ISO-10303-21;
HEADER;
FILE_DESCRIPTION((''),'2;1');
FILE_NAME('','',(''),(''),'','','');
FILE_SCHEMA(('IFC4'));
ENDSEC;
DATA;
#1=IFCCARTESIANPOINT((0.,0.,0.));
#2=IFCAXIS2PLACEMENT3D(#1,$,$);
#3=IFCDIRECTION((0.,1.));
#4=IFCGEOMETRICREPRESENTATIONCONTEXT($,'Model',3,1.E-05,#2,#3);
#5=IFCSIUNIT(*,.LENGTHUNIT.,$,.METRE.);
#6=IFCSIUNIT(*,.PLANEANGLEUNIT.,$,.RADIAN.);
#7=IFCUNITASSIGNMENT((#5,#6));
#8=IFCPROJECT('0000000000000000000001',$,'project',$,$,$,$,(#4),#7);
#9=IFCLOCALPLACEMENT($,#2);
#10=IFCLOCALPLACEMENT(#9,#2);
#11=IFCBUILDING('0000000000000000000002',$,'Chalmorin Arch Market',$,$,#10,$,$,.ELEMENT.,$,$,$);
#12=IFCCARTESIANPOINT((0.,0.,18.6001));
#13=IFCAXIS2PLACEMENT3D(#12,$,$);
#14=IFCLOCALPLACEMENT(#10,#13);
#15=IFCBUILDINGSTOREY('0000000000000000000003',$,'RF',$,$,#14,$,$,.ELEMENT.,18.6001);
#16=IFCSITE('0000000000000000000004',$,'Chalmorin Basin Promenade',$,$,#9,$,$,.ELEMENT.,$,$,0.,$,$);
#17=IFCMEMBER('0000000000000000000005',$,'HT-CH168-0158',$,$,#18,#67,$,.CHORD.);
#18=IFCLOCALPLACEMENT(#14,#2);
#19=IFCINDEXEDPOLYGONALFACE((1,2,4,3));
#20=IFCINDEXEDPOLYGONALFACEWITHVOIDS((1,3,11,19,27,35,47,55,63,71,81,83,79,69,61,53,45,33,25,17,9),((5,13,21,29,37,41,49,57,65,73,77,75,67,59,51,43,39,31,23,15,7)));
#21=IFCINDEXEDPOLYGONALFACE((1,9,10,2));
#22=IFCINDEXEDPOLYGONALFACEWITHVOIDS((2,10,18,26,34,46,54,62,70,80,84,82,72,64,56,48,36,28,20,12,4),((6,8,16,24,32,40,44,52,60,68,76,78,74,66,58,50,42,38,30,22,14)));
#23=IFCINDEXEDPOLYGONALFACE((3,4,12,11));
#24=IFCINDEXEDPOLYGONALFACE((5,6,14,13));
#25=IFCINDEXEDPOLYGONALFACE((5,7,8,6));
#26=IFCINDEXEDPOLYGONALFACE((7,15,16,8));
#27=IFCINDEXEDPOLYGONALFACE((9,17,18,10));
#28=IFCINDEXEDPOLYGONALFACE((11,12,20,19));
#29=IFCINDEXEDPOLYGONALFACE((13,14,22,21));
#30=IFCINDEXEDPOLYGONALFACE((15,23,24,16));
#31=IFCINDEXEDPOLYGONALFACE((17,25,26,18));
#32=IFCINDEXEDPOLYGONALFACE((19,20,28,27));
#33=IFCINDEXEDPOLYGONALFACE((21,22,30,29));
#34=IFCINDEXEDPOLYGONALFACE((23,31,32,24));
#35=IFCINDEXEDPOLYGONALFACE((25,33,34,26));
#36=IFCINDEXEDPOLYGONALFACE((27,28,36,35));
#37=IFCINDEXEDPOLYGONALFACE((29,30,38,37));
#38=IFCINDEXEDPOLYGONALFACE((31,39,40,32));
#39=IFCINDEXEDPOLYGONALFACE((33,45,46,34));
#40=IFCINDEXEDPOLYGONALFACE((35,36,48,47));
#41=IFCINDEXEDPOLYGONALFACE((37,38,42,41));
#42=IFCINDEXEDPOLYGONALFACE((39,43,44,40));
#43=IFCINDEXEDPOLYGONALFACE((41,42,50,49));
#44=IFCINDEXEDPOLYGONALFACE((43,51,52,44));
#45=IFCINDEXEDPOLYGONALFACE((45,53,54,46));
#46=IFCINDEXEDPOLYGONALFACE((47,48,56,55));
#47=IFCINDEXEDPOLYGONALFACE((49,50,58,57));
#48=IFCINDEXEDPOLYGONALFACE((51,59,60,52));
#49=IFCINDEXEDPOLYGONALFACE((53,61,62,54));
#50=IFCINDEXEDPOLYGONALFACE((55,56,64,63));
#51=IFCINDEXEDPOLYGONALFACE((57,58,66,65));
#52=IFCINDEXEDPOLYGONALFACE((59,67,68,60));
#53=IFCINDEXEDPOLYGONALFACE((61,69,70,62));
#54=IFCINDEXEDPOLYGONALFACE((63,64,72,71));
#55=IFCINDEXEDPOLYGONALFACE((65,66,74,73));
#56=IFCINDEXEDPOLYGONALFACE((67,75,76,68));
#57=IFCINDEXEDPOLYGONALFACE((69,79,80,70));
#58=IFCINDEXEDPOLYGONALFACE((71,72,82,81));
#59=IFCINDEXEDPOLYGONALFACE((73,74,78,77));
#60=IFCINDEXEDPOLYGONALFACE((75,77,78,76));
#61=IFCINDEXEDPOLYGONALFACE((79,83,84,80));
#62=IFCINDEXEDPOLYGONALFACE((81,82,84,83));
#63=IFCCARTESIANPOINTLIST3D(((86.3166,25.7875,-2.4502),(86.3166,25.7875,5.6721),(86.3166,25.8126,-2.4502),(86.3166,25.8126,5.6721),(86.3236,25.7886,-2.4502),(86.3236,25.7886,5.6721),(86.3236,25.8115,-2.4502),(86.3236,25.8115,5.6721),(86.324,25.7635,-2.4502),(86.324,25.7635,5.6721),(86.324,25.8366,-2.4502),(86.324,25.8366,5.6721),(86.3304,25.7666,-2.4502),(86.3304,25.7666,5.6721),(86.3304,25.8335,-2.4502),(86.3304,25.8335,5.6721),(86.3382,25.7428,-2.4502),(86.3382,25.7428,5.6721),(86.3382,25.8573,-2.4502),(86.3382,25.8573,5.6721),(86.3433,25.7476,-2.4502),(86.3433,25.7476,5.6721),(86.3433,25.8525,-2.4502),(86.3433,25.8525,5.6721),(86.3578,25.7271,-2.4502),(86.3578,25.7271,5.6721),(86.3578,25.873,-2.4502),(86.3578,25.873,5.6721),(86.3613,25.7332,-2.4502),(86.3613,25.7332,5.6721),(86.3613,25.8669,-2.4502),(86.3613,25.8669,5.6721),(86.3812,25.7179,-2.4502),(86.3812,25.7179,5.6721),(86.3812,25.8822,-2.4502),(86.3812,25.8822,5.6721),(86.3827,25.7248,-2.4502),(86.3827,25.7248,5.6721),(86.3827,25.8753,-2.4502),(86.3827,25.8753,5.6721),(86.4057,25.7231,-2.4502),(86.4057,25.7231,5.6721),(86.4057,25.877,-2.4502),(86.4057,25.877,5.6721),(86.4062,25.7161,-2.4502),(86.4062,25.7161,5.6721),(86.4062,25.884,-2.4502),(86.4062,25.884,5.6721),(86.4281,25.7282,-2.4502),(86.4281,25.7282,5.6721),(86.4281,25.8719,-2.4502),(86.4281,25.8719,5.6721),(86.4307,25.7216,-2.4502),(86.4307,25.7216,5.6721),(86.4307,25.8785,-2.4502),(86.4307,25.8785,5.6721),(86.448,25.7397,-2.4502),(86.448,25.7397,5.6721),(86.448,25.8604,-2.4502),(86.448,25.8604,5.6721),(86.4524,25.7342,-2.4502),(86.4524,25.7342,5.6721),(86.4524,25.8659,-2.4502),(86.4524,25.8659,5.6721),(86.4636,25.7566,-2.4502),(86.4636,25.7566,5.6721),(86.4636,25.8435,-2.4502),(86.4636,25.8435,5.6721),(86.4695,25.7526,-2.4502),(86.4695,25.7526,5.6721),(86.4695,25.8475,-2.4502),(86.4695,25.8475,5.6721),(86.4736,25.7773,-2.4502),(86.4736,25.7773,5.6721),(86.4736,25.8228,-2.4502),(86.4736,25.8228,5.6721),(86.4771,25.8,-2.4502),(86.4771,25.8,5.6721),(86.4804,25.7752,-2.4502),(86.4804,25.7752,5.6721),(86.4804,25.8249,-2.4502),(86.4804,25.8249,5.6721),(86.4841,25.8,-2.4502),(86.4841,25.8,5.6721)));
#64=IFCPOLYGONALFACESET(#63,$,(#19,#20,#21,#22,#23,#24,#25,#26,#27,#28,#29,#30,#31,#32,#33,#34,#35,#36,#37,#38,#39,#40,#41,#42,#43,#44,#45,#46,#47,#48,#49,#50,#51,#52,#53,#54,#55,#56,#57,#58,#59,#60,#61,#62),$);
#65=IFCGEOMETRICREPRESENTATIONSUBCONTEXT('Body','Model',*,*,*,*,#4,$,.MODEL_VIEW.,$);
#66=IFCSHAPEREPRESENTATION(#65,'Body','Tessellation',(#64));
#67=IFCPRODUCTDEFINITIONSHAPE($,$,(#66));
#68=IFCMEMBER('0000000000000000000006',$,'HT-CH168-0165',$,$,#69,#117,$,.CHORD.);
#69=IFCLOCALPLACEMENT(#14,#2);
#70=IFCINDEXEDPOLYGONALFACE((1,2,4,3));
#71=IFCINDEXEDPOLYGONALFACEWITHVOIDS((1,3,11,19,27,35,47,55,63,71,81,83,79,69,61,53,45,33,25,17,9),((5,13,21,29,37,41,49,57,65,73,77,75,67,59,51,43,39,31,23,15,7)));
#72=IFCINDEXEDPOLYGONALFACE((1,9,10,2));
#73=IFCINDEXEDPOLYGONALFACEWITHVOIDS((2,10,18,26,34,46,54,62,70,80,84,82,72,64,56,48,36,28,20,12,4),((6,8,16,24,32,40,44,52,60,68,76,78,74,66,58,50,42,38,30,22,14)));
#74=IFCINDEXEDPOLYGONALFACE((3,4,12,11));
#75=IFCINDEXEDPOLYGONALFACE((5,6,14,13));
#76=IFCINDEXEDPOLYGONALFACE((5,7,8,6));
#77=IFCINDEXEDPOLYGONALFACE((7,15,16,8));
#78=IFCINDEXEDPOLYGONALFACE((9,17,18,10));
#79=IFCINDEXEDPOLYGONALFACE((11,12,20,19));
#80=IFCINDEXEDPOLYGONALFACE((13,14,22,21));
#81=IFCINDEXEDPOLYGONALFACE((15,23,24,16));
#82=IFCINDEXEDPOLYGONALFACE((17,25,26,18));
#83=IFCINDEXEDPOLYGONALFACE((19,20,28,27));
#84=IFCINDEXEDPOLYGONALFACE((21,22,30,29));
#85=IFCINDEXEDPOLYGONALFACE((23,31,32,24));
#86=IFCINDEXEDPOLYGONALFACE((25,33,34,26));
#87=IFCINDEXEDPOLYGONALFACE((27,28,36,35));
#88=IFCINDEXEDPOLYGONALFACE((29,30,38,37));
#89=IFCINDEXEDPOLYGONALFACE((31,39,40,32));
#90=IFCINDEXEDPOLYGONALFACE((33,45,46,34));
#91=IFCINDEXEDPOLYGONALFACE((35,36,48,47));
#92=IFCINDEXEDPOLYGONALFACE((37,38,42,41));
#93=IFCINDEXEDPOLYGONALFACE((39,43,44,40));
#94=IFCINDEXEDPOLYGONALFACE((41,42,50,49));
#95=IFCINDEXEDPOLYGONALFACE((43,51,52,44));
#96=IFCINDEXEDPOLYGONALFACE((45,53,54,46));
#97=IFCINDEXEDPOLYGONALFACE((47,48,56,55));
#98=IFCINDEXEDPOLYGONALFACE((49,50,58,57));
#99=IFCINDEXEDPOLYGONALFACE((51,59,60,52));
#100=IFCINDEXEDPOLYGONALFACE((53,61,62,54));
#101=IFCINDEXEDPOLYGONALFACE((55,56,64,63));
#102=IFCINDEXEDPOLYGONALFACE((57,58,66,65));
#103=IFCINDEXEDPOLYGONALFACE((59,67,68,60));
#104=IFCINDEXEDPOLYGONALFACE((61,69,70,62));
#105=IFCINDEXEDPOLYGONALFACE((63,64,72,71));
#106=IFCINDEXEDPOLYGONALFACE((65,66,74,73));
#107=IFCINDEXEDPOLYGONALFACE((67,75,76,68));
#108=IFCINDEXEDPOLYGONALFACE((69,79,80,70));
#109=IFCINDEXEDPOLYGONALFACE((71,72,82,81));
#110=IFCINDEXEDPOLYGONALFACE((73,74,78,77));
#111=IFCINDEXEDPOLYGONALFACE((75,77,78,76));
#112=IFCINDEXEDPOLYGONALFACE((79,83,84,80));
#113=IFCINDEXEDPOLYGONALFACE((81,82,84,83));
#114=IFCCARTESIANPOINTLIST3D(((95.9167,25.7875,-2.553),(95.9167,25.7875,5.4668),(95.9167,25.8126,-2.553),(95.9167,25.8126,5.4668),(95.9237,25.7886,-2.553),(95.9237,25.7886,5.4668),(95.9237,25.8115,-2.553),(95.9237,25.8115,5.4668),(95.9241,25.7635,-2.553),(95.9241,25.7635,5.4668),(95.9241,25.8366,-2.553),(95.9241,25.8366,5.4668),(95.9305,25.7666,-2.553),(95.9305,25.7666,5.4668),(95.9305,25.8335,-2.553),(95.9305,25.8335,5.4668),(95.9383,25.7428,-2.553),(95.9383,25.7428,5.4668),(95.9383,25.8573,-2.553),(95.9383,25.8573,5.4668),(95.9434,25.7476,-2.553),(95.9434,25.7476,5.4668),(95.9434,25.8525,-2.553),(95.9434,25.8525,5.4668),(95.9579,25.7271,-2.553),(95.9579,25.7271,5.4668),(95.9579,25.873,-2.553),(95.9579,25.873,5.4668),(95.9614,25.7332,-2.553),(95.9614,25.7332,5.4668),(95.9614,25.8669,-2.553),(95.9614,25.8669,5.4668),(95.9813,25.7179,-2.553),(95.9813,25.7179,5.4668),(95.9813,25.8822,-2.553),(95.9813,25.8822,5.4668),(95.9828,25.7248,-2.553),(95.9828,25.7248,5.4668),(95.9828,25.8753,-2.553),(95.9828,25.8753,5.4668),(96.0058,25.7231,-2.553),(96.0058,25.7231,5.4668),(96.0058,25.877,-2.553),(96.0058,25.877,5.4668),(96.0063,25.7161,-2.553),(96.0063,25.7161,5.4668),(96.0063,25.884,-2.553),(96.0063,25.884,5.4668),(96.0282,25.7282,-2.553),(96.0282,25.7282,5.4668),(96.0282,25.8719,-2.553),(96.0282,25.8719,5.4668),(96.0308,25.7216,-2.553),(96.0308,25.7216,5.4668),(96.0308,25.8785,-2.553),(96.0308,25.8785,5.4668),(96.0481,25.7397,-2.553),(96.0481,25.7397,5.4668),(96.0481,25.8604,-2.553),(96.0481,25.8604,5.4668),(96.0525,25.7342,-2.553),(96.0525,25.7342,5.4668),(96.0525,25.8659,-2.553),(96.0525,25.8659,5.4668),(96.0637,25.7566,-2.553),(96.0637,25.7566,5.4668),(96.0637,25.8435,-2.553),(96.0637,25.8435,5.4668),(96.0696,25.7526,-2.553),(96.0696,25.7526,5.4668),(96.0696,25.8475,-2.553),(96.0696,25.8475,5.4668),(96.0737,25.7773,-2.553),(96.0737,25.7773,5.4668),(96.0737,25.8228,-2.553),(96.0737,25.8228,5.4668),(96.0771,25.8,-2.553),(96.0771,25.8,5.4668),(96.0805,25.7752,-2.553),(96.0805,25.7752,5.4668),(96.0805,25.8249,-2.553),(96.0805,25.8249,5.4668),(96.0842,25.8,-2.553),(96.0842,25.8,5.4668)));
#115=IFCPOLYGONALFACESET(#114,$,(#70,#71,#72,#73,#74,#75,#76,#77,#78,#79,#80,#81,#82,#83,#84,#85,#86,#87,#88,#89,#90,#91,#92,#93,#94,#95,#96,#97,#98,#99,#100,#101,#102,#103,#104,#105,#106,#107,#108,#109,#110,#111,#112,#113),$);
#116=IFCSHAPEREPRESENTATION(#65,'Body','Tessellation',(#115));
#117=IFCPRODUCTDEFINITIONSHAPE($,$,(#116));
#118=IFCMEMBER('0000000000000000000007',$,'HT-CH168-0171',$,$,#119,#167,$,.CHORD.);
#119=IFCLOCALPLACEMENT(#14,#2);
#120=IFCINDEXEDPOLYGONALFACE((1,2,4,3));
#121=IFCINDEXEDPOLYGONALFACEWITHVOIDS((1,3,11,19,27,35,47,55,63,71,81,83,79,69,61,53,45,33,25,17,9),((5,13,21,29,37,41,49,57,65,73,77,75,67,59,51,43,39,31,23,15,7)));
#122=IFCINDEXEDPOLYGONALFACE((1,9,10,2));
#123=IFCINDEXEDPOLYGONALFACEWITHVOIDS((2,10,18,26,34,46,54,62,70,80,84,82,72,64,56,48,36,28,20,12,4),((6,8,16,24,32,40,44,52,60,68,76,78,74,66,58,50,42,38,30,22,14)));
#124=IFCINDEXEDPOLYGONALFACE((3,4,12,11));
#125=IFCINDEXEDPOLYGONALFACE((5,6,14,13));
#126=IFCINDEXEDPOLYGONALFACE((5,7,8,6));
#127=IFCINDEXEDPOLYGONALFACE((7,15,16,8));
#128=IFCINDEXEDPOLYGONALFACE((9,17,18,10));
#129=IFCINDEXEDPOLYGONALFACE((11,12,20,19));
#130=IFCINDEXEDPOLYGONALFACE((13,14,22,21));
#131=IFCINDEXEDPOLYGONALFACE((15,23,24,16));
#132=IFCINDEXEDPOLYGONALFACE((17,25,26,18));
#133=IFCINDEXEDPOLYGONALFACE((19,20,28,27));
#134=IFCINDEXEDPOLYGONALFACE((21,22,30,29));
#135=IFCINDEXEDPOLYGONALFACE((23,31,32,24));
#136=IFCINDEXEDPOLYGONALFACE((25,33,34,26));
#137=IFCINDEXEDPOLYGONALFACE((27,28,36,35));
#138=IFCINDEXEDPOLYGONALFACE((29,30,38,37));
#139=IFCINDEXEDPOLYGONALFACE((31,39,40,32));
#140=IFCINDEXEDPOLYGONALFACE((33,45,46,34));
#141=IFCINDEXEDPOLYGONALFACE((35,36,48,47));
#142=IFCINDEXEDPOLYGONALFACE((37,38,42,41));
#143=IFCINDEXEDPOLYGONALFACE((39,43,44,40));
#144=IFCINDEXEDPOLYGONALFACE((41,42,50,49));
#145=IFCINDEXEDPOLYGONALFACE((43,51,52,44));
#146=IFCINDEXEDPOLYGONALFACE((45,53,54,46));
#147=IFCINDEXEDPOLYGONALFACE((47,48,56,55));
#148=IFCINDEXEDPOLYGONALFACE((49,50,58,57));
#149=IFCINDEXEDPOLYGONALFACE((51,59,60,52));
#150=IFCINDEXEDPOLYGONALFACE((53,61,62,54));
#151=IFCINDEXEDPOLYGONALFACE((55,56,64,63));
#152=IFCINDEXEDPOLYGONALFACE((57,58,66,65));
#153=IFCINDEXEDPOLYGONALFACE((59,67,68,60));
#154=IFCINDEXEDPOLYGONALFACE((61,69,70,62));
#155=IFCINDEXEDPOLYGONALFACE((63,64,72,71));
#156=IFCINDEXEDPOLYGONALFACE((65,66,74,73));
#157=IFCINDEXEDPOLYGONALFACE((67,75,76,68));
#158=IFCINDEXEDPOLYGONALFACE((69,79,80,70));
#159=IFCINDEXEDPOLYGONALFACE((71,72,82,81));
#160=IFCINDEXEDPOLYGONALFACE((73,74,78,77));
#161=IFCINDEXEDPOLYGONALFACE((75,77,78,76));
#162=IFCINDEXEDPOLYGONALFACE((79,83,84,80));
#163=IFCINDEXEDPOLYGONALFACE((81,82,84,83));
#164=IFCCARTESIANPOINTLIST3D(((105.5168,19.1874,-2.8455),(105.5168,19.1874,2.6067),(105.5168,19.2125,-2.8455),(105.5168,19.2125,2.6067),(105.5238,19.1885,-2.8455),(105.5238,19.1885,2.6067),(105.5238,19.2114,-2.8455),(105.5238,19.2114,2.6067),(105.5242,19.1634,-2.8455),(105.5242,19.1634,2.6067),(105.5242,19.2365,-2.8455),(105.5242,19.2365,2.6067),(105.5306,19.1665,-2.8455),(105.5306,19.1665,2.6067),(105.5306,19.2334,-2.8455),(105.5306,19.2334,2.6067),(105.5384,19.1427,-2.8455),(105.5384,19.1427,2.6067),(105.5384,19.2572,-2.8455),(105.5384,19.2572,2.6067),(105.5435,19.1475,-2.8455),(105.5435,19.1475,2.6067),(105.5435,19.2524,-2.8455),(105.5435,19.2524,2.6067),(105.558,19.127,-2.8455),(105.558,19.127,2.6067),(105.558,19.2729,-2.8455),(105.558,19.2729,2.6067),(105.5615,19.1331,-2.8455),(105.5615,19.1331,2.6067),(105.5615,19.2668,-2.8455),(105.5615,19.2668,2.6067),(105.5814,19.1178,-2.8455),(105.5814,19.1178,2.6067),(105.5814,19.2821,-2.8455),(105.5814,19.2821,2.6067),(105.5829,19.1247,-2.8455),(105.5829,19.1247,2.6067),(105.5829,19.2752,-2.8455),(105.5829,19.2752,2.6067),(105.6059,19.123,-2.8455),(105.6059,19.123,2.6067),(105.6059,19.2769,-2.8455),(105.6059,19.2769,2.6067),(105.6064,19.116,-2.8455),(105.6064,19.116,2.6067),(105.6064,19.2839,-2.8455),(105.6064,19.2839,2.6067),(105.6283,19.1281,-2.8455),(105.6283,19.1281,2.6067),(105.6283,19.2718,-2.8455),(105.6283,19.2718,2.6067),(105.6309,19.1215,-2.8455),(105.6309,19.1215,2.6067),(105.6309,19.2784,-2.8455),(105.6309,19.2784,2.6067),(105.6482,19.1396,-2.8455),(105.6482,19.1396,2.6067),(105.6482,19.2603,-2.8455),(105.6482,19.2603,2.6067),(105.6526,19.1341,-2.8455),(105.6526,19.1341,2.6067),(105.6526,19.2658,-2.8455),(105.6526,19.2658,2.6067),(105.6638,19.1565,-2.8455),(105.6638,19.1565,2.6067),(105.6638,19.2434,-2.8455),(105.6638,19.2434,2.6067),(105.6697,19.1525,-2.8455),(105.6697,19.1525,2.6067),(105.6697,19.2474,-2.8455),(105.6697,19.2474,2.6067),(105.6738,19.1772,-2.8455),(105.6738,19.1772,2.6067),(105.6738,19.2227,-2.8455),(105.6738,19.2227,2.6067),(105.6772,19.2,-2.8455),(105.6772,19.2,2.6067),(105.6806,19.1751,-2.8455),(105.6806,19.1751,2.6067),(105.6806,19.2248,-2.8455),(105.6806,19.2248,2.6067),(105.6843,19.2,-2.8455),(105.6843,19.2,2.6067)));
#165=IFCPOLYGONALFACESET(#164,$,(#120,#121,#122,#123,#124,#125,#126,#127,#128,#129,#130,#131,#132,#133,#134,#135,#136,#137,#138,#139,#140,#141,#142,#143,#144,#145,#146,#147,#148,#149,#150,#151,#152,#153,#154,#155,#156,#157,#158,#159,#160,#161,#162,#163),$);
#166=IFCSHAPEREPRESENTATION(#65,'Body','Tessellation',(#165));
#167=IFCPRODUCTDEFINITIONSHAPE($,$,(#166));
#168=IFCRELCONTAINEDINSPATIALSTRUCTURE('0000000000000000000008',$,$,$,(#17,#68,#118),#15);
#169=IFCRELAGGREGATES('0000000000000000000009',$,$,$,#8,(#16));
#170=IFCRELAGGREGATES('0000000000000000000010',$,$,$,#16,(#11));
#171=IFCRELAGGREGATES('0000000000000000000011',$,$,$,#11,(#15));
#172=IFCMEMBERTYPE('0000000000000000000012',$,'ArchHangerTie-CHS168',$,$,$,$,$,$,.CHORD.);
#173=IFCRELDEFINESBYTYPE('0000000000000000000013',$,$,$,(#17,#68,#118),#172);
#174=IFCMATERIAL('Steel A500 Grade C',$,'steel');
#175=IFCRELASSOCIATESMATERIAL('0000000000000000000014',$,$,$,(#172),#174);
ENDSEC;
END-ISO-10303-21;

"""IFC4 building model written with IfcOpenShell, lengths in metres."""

from ifc_helpers import new_model, si_unit, direction, frame, origin, origin_2d, place, context, subcontext, project, spatial, hollow_circle, extrude, material, material_profile, profile_set, type_object, element, save


model = new_model("IFC4")

# Units and contexts
model_context = context("Model", 3, precision=1e-05, world=origin(), true_north=direction((0.0, 1.0)))
body_context = subcontext(model_context, "Body", "Model", "MODEL_VIEW")
ifc_project = project(units=[si_unit("LENGTHUNIT", "METRE"), si_unit("PLANEANGLEUNIT", "RADIAN")], contexts=[model_context])

# Site, building, storey
site_placement = place(None, origin())
site = spatial("IfcSite", under=ifc_project, at=site_placement, Name="Chalmorin Basin Promenade", CompositionType="ELEMENT", RefElevation=0.0)
building_placement = place(site_placement, origin())
building = spatial("IfcBuilding", under=site, at=building_placement, Name="Chalmorin Arch Market", CompositionType="ELEMENT")
storey_placement = place(building_placement, frame((0.0, 0.0, 18.6001)))
storey = spatial("IfcBuildingStorey", under=building, at=storey_placement, Name="RF", CompositionType="ELEMENT", Elevation=18.6001)

# Members
ifc_material_1 = material(Name="Steel A500 Grade C", Category="steel")
ifc_material_profile_1 = material_profile(ifc_material_1, hollow_circle(Radius=0.0842, WallThickness=0.0071, at=origin_2d()), Name="CHS168X7")
ifc_profile_set_1 = profile_set([ifc_material_profile_1], Name="Steel A500 Grade C")
member_type_1 = type_object("IfcMemberType", Name="ArchHangerTie-CHS168", PredefinedType="CHORD", material=ifc_profile_set_1)
member_1_placement = place(storey_placement, frame((86.3999, 25.8, -2.4502), z_axis=(0.0, 0.0, 1.0), x_axis=(1.0, 0.0, 0.0)))
element("IfcMember", 1, at=member_1_placement, inside=storey, type_object=member_type_1, Name="HT-CH168-0158", PredefinedType="CHORD", context=body_context, shape_type="SweptSolid", body=[
    extrude(hollow_circle(Radius=0.0842, WallThickness=0.0071, at=origin_2d()), origin(), (0.0, 0.0, 1.0), 8.1223),
])
member_2_placement = place(storey_placement, frame((96.0, 25.8, -2.553), z_axis=(0.0, 0.0, 1.0), x_axis=(1.0, 0.0, 0.0)))
element("IfcMember", 2, at=member_2_placement, inside=storey, type_object=member_type_1, Name="HT-CH168-0165", PredefinedType="CHORD", context=body_context, shape_type="SweptSolid", body=[
    extrude(hollow_circle(Radius=0.0842, WallThickness=0.0071, at=origin_2d()), origin(), (0.0, 0.0, 1.0), 8.0198),
])
member_3_placement = place(storey_placement, frame((105.6001, 19.2, -2.8455), z_axis=(0.0, 0.0, 1.0), x_axis=(1.0, 0.0, 0.0)))
element("IfcMember", 3, at=member_3_placement, inside=storey, type_object=member_type_1, Name="HT-CH168-0171", PredefinedType="CHORD", context=body_context, shape_type="SweptSolid", body=[
    extrude(hollow_circle(Radius=0.0842, WallThickness=0.0071, at=origin_2d()), origin(), (0.0, 0.0, 1.0), 5.4521),
])

save(model, "model.ifc")
